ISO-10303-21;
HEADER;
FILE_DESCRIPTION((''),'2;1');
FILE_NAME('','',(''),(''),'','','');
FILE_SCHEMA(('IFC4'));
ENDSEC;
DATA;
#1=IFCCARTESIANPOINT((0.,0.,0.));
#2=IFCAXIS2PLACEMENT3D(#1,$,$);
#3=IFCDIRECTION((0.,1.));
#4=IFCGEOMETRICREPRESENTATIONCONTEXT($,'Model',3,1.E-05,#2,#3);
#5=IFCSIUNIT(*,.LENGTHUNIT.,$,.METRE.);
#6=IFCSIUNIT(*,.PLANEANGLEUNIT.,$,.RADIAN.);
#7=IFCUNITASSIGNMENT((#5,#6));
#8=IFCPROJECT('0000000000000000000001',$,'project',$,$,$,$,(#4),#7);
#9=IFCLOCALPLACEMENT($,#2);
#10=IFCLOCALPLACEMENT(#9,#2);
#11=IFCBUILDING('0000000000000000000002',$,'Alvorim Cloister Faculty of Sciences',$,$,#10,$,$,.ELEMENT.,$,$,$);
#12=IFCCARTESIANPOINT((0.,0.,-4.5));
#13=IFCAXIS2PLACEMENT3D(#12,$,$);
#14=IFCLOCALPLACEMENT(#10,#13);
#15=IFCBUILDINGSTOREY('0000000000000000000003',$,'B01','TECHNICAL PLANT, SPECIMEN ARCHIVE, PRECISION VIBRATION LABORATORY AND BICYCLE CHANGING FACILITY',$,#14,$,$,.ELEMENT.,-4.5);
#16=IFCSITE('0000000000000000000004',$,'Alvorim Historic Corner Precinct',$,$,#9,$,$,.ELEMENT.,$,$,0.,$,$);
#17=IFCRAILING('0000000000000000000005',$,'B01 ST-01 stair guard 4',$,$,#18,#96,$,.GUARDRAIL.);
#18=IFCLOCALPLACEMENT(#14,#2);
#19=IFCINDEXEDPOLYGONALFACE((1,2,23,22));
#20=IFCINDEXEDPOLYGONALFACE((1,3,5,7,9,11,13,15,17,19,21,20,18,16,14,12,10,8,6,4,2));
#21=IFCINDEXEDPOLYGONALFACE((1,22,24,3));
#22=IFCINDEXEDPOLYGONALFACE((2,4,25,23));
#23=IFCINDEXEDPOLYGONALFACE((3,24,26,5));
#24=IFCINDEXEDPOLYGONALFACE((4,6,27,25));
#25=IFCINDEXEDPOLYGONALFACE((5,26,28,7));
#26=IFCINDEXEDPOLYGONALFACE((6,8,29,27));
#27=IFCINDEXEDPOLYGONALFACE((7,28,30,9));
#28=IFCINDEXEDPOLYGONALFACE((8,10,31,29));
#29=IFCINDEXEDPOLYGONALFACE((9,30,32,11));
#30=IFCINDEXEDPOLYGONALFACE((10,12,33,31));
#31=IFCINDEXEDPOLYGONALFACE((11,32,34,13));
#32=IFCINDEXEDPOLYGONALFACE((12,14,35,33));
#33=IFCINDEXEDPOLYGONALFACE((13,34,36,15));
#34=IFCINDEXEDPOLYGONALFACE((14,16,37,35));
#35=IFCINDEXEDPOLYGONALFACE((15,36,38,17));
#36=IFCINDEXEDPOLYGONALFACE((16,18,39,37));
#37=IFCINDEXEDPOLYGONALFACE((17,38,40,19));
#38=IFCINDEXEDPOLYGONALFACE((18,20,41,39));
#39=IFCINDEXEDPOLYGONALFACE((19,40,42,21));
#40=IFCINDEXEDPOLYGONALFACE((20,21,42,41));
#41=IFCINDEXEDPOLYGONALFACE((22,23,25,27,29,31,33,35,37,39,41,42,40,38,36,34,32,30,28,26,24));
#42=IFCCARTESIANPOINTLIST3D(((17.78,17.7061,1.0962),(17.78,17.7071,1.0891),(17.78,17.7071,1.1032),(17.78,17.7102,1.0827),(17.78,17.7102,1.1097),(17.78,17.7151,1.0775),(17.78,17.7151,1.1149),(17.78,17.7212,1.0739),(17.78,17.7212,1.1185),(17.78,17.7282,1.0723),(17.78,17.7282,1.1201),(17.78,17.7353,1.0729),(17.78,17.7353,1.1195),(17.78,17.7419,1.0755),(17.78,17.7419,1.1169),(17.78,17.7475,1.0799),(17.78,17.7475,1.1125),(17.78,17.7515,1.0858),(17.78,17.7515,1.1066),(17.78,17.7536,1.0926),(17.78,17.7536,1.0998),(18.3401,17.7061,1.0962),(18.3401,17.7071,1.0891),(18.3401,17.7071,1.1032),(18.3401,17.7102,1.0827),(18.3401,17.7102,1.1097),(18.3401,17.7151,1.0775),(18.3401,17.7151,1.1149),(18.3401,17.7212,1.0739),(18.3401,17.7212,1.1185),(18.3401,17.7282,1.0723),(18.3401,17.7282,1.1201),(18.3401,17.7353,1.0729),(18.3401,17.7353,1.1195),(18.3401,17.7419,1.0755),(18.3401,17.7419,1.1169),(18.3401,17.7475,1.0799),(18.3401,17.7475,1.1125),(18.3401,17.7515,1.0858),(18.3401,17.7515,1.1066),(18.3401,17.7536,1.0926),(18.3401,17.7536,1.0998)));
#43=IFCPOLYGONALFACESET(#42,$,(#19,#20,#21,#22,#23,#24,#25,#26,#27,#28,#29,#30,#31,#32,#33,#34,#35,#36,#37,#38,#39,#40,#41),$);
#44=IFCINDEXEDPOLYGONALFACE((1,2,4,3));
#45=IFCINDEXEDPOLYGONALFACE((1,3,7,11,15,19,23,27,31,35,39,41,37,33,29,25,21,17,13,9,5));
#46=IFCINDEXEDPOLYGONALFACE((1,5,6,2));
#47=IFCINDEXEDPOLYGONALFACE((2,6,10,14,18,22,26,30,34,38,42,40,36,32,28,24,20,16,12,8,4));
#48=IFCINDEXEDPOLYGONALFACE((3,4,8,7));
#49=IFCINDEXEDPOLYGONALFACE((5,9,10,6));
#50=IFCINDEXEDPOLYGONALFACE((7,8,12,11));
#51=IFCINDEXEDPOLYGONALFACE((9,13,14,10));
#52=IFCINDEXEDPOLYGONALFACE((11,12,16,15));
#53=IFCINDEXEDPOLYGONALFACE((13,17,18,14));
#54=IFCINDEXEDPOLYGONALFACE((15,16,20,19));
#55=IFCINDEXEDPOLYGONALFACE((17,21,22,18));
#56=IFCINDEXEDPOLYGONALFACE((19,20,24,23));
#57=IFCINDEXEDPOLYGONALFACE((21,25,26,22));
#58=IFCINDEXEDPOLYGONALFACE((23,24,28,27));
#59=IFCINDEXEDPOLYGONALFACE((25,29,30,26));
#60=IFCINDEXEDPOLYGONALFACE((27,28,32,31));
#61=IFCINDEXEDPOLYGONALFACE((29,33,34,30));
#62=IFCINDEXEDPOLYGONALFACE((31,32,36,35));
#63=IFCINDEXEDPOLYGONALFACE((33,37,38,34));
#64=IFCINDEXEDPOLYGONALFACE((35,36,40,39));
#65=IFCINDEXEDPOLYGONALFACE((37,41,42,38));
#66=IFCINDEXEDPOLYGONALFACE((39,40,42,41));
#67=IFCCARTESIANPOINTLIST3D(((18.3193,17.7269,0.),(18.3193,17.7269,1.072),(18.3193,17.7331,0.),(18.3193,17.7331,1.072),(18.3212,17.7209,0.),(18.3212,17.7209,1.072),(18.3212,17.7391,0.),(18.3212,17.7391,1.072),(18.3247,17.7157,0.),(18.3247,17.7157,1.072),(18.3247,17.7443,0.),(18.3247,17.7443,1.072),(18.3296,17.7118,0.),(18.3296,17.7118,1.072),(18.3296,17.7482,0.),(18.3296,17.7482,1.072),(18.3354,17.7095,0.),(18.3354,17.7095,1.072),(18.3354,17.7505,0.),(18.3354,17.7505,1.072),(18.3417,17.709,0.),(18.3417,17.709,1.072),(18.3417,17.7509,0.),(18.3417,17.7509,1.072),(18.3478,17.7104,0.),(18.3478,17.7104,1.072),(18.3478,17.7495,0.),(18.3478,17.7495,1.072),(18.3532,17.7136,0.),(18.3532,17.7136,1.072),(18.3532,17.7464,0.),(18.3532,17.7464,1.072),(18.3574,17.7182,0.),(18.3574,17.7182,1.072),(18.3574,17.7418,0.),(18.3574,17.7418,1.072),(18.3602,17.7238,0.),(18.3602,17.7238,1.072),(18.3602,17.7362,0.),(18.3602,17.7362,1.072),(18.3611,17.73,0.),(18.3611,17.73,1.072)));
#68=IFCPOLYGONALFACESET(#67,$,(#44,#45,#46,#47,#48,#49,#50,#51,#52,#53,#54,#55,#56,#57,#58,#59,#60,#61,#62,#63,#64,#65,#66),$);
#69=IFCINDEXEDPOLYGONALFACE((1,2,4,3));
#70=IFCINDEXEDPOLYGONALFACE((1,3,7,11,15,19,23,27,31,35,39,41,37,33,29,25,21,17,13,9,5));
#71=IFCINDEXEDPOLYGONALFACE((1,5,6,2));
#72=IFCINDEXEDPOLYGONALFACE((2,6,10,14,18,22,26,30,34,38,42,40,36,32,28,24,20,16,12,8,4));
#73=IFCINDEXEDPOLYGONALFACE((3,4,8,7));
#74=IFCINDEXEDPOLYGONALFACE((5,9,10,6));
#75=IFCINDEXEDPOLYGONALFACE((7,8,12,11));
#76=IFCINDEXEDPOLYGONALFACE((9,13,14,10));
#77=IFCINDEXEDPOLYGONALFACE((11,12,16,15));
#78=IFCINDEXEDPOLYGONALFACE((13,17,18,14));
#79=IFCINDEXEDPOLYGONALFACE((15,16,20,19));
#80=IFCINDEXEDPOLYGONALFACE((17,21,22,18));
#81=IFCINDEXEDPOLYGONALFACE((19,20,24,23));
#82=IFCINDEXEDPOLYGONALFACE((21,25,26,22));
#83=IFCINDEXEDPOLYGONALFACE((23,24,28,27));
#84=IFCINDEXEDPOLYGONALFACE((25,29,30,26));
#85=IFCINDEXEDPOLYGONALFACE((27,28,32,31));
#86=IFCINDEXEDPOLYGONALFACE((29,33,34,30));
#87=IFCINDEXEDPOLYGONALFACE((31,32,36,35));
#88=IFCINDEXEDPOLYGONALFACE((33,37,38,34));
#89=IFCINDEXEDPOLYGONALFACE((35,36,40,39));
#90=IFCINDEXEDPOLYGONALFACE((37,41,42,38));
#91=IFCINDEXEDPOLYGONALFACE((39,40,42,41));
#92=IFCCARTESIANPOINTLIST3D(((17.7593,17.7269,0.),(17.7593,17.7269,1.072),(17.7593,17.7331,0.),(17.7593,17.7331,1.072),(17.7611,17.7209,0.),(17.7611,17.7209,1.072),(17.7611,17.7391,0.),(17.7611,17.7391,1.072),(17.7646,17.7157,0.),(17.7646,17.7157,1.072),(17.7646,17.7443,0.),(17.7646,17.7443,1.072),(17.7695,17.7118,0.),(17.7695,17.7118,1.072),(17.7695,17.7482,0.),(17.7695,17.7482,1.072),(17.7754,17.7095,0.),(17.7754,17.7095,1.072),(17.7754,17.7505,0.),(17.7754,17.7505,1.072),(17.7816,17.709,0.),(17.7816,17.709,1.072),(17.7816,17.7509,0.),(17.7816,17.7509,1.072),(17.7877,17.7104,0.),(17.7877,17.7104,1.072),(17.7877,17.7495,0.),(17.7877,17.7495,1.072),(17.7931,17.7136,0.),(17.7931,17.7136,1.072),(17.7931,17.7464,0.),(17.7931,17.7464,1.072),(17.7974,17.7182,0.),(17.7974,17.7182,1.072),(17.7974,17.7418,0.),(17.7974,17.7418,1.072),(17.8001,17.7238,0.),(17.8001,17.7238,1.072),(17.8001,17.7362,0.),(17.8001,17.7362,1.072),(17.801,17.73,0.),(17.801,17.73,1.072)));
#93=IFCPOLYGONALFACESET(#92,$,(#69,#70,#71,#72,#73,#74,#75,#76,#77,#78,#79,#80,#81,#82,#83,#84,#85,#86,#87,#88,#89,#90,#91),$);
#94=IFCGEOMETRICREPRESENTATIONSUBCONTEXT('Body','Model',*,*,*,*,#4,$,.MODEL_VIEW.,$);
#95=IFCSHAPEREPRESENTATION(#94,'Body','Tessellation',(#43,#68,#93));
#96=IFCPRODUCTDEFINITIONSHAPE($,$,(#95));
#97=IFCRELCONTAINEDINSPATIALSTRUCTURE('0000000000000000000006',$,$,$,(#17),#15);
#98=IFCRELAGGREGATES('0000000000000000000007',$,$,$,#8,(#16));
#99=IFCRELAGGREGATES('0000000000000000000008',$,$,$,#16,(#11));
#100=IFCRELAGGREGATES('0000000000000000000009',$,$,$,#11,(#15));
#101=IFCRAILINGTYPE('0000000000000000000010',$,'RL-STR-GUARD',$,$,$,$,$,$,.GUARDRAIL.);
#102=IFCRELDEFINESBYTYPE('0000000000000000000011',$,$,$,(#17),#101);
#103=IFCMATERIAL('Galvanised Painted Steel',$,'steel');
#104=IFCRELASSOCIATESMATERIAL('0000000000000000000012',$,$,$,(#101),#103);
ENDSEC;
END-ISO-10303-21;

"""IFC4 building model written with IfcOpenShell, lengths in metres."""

from ifc_helpers import new_model, si_unit, direction, frame, origin, origin_2d, place, context, subcontext, project, spatial, circle, extrude, material, type_object, element, save


model = new_model("IFC4")

# Units and contexts
model_context = context("Model", 3, precision=1e-05, world=origin(), true_north=direction((0.0, 1.0)))
body_context = subcontext(model_context, "Body", "Model", "MODEL_VIEW")
ifc_project = project(units=[si_unit("LENGTHUNIT", "METRE"), si_unit("PLANEANGLEUNIT", "RADIAN")], contexts=[model_context])

# Site, building, storey
site_placement = place(None, origin())
site = spatial("IfcSite", under=ifc_project, at=site_placement, Name="Alvorim Historic Corner Precinct", CompositionType="ELEMENT", RefElevation=0.0)
building_placement = place(site_placement, origin())
building = spatial("IfcBuilding", under=site, at=building_placement, Name="Alvorim Cloister Faculty of Sciences", CompositionType="ELEMENT")
storey_placement = place(building_placement, frame((0.0, 0.0, -4.5)))
storey = spatial("IfcBuildingStorey", under=building, at=storey_placement, Name="B01", Description="TECHNICAL PLANT, SPECIMEN ARCHIVE, PRECISION VIBRATION LABORATORY AND BICYCLE CHANGING FACILITY", CompositionType="ELEMENT", Elevation=-4.5)

# Railing
ifc_material_1 = material(Name="Galvanised Painted Steel", Category="steel")
railing_type_1 = type_object("IfcRailingType", Name="RL-STR-GUARD", PredefinedType="GUARDRAIL", material=ifc_material_1)
railing_1_placement = place(storey_placement, frame((18.3401, 17.73, 0.0)))
element("IfcRailing", 1, at=railing_1_placement, inside=storey, type_object=railing_type_1, Name="B01 ST-01 stair guard 4", PredefinedType="GUARDRAIL", context=body_context, shape_type="SweptSolid", body=[
    extrude(circle(Radius=0.0239, at=origin_2d()), frame((0.0, 0.0, 1.0962), z_axis=(-1.0, 0.0, 0.0), x_axis=(0.0, -1.0, 0.0)), (0.0, 0.0, 1.0), 0.5601),
    extrude(circle(Radius=0.021, at=origin_2d()), origin(), (0.0, 0.0, 1.0), 1.072),
    extrude(circle(Radius=0.021, at=origin_2d()), frame((-0.5601, 0.0, 0.0)), (0.0, 0.0, 1.0), 1.072),
])

save(model, "model.ifc")
